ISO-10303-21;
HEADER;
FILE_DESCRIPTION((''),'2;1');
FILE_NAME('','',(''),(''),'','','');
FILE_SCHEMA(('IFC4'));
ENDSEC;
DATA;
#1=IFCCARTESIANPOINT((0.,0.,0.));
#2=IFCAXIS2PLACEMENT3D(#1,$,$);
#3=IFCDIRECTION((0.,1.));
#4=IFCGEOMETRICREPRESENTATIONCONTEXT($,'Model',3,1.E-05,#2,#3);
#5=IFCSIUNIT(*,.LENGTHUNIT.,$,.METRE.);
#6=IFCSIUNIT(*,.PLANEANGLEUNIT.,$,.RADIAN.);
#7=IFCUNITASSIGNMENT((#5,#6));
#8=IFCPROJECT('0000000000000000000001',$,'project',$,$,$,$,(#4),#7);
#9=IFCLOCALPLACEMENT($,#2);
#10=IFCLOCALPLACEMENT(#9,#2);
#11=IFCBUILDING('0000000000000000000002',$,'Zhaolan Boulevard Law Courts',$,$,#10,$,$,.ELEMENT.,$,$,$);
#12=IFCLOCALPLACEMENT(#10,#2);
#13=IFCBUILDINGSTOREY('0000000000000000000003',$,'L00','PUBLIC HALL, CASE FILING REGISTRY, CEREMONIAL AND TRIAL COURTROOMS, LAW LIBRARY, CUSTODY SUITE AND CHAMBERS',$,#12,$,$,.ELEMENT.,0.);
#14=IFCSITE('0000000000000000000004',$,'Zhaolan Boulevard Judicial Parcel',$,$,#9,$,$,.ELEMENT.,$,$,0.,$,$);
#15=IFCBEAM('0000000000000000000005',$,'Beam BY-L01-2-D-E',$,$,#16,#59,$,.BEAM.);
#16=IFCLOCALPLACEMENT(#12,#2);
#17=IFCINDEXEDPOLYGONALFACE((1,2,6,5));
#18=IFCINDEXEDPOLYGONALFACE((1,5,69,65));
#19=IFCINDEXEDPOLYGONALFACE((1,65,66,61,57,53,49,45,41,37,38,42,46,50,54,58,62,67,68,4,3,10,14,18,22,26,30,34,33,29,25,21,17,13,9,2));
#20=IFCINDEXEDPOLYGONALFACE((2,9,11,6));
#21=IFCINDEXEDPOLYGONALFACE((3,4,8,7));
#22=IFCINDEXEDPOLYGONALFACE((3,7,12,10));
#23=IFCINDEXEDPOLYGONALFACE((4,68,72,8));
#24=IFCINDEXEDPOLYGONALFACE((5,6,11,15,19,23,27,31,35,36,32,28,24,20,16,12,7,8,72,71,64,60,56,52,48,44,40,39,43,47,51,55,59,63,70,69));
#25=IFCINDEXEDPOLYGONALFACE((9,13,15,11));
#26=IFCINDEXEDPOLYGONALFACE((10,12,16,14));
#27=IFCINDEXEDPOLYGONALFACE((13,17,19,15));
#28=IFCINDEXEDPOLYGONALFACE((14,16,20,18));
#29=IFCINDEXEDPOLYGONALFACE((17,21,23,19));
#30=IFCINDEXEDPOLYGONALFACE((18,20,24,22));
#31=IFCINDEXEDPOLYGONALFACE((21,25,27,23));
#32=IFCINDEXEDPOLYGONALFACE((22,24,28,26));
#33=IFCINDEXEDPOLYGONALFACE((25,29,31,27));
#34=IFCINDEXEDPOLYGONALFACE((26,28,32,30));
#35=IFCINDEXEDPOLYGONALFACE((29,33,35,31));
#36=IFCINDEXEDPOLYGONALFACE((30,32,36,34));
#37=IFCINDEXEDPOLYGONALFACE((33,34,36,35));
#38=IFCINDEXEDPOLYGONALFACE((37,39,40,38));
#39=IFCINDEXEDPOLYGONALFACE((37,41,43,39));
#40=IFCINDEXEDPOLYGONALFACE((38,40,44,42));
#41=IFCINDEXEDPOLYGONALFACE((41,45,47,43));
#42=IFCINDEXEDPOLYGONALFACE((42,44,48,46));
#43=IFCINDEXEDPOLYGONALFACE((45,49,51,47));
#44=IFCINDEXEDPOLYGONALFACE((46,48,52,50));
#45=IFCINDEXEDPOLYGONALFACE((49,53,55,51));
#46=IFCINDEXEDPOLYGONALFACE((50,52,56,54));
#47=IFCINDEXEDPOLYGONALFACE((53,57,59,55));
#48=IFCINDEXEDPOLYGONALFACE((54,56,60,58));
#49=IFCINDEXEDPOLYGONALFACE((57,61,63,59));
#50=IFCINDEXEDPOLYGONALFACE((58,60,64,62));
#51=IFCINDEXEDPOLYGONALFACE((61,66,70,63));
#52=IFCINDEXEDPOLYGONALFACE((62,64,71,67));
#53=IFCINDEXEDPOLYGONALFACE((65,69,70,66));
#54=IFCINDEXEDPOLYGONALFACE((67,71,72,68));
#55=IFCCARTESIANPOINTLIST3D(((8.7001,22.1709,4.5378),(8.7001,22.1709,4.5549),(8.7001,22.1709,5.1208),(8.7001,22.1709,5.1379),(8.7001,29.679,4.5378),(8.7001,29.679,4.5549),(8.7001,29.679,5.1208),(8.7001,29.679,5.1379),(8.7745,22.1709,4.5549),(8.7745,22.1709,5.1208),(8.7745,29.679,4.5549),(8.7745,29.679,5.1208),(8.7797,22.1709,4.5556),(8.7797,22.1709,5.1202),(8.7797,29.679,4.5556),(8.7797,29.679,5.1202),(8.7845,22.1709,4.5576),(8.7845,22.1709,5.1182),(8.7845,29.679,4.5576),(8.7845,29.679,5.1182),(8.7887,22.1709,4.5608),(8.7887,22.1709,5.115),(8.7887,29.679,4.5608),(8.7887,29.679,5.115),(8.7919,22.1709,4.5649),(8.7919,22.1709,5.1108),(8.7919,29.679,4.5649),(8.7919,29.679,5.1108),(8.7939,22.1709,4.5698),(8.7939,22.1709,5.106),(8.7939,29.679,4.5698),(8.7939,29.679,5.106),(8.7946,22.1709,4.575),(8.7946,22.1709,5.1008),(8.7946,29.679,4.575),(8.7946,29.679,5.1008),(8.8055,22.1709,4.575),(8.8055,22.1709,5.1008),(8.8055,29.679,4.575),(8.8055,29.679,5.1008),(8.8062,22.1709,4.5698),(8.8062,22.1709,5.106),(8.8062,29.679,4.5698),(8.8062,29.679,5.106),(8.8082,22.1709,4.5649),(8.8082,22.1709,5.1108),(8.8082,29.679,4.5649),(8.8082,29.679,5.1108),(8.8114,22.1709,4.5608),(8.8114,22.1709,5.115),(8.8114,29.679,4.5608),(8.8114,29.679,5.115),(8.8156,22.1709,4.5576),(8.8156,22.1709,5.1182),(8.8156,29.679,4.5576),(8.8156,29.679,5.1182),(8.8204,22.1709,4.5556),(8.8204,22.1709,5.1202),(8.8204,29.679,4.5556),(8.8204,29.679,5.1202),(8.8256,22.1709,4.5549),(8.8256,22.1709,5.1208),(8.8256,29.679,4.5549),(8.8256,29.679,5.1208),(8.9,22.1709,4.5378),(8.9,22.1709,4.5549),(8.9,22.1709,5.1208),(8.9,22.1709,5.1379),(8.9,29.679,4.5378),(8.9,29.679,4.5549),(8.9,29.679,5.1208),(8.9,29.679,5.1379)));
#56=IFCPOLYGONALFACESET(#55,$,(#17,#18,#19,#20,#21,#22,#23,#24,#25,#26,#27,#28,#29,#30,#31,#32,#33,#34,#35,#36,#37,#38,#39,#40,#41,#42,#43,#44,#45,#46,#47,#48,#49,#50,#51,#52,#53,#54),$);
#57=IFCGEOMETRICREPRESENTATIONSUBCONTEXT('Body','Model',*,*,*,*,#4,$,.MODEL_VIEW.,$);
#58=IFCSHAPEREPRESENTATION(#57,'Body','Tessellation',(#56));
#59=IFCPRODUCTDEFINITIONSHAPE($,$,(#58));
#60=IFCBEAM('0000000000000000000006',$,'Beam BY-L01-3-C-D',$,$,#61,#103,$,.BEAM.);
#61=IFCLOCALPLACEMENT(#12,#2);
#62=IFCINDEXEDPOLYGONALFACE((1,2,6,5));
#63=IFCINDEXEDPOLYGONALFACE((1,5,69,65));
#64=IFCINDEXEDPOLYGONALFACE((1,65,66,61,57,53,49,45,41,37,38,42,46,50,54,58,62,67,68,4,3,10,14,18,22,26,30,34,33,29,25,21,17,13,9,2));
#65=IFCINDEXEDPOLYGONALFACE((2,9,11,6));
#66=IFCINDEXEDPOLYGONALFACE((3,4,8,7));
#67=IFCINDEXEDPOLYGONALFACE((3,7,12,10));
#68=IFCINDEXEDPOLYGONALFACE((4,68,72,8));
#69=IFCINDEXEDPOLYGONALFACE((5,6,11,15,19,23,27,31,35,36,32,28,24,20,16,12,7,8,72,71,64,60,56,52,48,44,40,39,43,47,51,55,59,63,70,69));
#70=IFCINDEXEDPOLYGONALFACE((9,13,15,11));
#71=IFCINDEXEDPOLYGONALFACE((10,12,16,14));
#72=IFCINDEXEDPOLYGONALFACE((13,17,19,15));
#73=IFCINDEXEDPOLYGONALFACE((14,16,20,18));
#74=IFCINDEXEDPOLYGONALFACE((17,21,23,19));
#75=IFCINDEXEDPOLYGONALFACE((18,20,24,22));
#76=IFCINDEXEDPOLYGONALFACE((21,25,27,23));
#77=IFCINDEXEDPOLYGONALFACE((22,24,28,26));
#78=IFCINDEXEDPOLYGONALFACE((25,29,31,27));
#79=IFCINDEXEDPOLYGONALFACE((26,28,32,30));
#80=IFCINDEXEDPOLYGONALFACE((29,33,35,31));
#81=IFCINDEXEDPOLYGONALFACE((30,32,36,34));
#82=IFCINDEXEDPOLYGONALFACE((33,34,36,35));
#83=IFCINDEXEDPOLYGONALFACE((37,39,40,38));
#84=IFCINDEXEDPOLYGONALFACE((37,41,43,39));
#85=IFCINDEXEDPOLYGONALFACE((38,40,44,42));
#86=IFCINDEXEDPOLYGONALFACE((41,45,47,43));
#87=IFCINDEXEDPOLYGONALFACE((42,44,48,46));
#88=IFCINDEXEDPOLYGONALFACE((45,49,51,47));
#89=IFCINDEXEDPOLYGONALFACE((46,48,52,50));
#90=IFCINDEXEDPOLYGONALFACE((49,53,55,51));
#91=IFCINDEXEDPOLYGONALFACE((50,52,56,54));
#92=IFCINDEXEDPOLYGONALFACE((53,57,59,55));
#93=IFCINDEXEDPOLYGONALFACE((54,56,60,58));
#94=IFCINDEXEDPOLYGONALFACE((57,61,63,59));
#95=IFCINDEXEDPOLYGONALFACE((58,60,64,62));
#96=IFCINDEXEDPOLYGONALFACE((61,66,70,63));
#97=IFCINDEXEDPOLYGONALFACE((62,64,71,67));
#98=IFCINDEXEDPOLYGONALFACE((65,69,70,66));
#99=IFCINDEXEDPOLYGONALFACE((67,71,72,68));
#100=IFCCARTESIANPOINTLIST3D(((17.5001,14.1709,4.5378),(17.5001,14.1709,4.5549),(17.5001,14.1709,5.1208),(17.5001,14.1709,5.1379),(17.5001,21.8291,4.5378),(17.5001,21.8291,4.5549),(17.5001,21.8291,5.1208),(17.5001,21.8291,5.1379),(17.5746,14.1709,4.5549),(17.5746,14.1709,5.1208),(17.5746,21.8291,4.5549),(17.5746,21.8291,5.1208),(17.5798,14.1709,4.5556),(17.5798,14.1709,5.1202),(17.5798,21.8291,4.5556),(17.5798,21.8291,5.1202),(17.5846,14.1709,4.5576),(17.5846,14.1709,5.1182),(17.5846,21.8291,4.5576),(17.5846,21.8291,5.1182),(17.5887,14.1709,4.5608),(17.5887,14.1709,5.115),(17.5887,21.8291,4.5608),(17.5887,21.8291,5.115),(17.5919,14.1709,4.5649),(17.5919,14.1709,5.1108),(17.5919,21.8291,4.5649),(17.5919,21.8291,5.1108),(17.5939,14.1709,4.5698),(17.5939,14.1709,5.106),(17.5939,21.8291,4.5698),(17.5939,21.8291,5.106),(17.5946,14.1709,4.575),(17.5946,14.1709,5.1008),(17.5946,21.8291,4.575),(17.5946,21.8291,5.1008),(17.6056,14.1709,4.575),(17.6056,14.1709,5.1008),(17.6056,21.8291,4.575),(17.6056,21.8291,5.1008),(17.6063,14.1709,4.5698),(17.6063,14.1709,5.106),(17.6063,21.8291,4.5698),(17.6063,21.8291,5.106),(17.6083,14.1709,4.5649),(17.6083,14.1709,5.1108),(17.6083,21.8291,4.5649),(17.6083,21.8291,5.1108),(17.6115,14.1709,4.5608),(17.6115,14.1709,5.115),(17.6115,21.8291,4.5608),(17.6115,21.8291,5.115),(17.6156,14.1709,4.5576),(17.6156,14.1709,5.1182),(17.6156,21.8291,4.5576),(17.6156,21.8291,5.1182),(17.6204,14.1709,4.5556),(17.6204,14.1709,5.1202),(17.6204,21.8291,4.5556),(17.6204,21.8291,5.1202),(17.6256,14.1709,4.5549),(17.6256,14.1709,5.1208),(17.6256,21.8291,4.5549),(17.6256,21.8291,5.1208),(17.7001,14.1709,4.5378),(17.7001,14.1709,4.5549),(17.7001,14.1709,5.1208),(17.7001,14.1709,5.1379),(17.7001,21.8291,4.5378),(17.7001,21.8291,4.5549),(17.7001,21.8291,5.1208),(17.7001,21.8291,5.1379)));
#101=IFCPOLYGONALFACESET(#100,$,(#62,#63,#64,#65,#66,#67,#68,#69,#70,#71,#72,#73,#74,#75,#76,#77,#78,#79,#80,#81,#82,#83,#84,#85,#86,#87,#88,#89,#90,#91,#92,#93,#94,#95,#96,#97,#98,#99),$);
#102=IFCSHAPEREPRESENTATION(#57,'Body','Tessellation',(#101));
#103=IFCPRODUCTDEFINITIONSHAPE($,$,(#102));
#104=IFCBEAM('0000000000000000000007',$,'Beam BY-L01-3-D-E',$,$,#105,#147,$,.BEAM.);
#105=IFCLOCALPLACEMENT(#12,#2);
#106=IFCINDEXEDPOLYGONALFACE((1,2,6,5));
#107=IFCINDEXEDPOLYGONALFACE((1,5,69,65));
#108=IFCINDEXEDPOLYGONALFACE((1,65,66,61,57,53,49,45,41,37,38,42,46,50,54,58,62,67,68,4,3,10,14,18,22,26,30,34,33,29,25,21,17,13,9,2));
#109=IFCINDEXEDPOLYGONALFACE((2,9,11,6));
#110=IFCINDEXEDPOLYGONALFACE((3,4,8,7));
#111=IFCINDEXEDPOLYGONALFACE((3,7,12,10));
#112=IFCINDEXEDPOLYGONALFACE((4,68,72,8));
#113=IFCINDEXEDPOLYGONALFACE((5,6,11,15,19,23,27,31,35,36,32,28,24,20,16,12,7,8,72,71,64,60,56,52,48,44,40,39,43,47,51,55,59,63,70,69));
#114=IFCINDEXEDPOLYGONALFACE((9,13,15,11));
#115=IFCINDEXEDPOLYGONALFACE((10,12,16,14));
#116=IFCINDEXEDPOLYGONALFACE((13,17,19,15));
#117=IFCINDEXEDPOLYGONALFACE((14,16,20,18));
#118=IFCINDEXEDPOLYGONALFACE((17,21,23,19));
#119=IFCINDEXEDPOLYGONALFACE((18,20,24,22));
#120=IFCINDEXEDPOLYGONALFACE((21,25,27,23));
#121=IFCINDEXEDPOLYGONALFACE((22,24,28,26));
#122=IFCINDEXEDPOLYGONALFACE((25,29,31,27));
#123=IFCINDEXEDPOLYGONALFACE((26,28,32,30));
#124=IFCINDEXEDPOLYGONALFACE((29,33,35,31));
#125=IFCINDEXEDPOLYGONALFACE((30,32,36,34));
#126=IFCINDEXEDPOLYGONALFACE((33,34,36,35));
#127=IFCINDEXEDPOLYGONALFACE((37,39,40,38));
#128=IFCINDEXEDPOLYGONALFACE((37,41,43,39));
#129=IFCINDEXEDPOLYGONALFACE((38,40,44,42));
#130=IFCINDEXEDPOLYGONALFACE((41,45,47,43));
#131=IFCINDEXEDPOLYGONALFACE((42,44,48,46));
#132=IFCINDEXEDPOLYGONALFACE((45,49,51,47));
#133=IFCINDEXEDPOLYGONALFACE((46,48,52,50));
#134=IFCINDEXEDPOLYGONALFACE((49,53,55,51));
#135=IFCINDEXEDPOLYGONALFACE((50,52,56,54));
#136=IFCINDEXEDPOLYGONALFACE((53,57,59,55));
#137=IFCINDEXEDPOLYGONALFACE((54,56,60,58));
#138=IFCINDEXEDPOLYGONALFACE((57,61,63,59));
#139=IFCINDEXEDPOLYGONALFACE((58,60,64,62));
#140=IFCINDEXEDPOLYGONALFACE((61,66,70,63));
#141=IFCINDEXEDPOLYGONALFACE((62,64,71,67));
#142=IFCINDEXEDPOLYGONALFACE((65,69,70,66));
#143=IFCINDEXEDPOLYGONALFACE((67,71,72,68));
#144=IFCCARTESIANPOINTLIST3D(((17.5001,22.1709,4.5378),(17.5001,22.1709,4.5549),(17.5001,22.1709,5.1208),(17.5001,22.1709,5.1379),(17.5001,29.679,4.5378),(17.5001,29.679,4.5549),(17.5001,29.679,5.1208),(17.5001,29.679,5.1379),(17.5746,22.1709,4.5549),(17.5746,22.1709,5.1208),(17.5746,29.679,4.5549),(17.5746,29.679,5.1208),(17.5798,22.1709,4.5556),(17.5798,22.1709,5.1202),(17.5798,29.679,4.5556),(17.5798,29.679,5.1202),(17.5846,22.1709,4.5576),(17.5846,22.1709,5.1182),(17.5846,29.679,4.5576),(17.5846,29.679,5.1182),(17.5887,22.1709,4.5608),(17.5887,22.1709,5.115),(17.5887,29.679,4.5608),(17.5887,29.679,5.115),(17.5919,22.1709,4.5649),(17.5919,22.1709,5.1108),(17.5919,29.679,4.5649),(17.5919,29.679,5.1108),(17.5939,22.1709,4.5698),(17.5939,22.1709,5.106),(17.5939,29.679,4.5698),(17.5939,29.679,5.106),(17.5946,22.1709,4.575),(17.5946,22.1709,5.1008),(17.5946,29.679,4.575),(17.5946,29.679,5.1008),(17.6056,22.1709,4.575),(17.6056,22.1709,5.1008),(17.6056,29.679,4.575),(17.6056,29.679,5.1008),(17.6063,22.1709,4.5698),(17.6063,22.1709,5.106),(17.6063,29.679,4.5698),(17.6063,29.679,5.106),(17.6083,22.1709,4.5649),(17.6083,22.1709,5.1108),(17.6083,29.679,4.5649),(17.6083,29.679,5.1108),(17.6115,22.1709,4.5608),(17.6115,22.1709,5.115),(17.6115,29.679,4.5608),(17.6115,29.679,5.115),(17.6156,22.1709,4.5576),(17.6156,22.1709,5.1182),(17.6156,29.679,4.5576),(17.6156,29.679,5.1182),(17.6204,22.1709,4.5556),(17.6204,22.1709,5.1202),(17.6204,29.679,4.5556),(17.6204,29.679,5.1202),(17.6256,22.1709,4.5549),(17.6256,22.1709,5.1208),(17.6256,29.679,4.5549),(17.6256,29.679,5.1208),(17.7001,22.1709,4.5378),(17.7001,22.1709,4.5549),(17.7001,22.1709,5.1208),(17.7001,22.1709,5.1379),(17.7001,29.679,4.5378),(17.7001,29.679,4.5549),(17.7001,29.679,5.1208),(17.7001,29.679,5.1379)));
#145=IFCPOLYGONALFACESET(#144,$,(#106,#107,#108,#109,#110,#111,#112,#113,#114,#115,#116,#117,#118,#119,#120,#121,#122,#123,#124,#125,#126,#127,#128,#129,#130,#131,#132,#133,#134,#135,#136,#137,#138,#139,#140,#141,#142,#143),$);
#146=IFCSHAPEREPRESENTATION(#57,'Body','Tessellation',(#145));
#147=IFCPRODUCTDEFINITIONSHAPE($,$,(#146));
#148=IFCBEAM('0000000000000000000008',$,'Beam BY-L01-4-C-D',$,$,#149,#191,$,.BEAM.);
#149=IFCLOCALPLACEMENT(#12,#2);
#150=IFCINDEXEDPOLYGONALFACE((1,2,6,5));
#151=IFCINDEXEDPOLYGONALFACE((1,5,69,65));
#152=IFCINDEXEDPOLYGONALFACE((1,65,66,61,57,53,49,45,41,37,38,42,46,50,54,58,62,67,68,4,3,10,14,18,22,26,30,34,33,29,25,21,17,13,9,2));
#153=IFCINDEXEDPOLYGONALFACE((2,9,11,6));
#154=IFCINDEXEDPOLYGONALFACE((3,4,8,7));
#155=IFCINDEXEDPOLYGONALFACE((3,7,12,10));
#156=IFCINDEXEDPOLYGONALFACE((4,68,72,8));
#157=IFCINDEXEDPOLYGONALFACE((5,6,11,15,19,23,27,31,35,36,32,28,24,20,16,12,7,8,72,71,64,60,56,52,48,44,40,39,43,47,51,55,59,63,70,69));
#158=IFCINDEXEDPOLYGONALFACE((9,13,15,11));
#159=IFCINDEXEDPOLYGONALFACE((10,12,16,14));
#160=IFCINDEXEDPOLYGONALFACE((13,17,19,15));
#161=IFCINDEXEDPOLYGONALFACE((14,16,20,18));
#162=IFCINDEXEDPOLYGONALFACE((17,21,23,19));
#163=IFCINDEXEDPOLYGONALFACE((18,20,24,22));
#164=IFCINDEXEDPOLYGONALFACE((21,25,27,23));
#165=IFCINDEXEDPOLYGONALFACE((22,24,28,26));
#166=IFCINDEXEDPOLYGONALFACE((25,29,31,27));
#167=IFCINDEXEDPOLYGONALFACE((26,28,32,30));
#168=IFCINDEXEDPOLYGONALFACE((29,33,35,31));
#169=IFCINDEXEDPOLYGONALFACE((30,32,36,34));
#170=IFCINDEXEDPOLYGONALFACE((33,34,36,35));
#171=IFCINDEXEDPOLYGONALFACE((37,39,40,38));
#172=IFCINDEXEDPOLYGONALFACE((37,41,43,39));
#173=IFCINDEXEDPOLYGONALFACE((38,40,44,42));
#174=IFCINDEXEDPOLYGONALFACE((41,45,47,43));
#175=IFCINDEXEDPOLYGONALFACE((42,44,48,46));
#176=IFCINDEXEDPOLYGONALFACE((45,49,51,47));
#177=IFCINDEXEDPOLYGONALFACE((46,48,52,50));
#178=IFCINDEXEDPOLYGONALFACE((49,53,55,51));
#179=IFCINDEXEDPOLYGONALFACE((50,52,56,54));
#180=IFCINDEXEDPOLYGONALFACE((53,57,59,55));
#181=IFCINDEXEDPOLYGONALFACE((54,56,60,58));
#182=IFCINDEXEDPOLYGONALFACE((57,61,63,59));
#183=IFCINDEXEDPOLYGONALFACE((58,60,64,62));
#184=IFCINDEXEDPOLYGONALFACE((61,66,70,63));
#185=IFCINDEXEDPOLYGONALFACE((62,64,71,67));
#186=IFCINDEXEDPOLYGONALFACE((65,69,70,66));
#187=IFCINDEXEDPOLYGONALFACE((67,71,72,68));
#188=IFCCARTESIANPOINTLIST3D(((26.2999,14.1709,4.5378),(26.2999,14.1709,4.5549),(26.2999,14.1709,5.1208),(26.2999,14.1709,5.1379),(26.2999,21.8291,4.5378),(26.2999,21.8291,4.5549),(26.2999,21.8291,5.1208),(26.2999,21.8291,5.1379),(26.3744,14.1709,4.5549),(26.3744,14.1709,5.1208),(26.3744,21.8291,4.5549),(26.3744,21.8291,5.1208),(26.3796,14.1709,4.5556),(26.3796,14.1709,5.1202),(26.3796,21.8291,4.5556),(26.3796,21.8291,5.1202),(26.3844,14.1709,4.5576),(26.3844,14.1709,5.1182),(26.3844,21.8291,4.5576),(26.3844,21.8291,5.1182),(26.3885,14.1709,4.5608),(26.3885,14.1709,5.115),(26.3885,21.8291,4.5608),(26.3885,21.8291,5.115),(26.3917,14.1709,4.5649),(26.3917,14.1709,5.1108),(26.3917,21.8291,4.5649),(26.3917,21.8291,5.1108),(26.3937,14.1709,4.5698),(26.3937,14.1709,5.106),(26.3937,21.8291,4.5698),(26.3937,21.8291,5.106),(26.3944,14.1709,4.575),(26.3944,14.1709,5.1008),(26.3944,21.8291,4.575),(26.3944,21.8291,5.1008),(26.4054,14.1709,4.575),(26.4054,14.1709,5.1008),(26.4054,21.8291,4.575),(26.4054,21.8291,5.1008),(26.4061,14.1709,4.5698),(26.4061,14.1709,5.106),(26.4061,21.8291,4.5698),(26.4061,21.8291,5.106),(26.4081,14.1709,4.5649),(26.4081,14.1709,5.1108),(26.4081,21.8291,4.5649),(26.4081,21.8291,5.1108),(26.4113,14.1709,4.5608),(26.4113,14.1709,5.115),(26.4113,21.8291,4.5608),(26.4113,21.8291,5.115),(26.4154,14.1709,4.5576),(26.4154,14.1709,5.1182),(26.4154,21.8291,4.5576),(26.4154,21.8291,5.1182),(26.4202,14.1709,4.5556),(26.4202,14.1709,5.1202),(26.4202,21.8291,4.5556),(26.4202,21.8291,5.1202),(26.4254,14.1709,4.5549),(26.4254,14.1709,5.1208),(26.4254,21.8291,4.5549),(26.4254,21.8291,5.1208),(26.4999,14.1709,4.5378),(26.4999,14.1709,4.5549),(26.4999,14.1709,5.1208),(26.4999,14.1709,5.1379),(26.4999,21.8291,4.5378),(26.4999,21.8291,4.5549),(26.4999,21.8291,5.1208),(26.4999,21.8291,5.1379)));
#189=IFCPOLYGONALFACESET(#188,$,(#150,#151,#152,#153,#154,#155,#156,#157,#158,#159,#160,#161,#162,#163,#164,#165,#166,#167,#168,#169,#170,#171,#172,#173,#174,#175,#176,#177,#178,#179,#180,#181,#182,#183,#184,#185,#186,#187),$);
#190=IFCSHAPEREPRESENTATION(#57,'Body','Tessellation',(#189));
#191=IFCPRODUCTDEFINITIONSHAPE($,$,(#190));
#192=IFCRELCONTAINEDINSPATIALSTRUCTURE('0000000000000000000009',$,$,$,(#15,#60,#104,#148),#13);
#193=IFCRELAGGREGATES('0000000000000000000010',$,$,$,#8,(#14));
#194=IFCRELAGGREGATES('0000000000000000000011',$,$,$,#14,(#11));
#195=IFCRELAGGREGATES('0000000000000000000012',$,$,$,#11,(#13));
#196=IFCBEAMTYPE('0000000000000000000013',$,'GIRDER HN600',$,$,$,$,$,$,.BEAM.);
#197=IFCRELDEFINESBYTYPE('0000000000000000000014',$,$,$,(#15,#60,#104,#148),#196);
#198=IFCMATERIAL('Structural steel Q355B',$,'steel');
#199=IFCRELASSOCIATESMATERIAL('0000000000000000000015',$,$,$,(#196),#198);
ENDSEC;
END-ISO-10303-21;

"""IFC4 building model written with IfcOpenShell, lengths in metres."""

from ifc_helpers import new_model, si_unit, direction, frame, origin, origin_2d, place, context, subcontext, project, spatial, i_section, extrude, material, material_profile, profile_set, type_object, element, save


model = new_model("IFC4")

# Units and contexts
model_context = context("Model", 3, precision=1e-05, world=origin(), true_north=direction((0.0, 1.0)))
body_context = subcontext(model_context, "Body", "Model", "MODEL_VIEW")
ifc_project = project(units=[si_unit("LENGTHUNIT", "METRE"), si_unit("PLANEANGLEUNIT", "RADIAN")], contexts=[model_context])

# Site, building, storey
site_placement = place(None, origin())
site = spatial("IfcSite", under=ifc_project, at=site_placement, Name="Zhaolan Boulevard Judicial Parcel", CompositionType="ELEMENT", RefElevation=0.0)
building_placement = place(site_placement, origin())
building = spatial("IfcBuilding", under=site, at=building_placement, Name="Zhaolan Boulevard Law Courts", CompositionType="ELEMENT")
storey_placement = place(building_placement, origin())
storey = spatial("IfcBuildingStorey", under=building, at=storey_placement, Name="L00", Description="PUBLIC HALL, CASE FILING REGISTRY, CEREMONIAL AND TRIAL COURTROOMS, LAW LIBRARY, CUSTODY SUITE AND CHAMBERS", CompositionType="ELEMENT", Elevation=0.0)

# Beams
ifc_material_1 = material(Name="Structural steel Q355B", Category="steel")
ifc_material_profile_1 = material_profile(ifc_material_1, i_section(OverallWidth=0.2, OverallDepth=0.6001, WebThickness=0.011, FlangeThickness=0.0171, FilletRadius=0.02, at=origin_2d()), Name="HN600x200")
ifc_profile_set_1 = profile_set([ifc_material_profile_1], Name="Structural steel Q355B")
beam_type_1 = type_object("IfcBeamType", Name="GIRDER HN600", PredefinedType="BEAM", material=ifc_profile_set_1)
beam_1_placement = place(storey_placement, frame((8.8, 22.1709, 4.8379), z_axis=(0.0, 1.0, 0.0), x_axis=(-1.0, 0.0, 0.0)))
element("IfcBeam", 1, at=beam_1_placement, inside=storey, type_object=beam_type_1, Name="Beam BY-L01-2-D-E", PredefinedType="BEAM", context=body_context, shape_type="SweptSolid", body=[
    extrude(i_section(OverallWidth=0.2, OverallDepth=0.6001, WebThickness=0.011, FlangeThickness=0.0171, FilletRadius=0.02, at=origin_2d()), origin(), (0.0, 0.0, 1.0), 7.5081),
])
beam_2_placement = place(storey_placement, frame((17.6001, 14.1709, 4.8379), z_axis=(0.0, 1.0, 0.0), x_axis=(-1.0, 0.0, 0.0)))
element("IfcBeam", 2, at=beam_2_placement, inside=storey, type_object=beam_type_1, Name="Beam BY-L01-3-C-D", PredefinedType="BEAM", context=body_context, shape_type="SweptSolid", body=[
    extrude(i_section(OverallWidth=0.2, OverallDepth=0.6001, WebThickness=0.011, FlangeThickness=0.0171, FilletRadius=0.02, at=origin_2d()), origin(), (0.0, 0.0, 1.0), 7.6582),
])
beam_3_placement = place(storey_placement, frame((17.6001, 22.1709, 4.8379), z_axis=(0.0, 1.0, 0.0), x_axis=(-1.0, 0.0, 0.0)))
element("IfcBeam", 3, at=beam_3_placement, inside=storey, type_object=beam_type_1, Name="Beam BY-L01-3-D-E", PredefinedType="BEAM", context=body_context, shape_type="SweptSolid", body=[
    extrude(i_section(OverallWidth=0.2, OverallDepth=0.6001, WebThickness=0.011, FlangeThickness=0.0171, FilletRadius=0.02, at=origin_2d()), origin(), (0.0, 0.0, 1.0), 7.5081),
])
beam_4_placement = place(storey_placement, frame((26.3999, 14.1709, 4.8379), z_axis=(0.0, 1.0, 0.0), x_axis=(-1.0, 0.0, 0.0)))
element("IfcBeam", 4, at=beam_4_placement, inside=storey, type_object=beam_type_1, Name="Beam BY-L01-4-C-D", PredefinedType="BEAM", context=body_context, shape_type="SweptSolid", body=[
    extrude(i_section(OverallWidth=0.2, OverallDepth=0.6001, WebThickness=0.011, FlangeThickness=0.0171, FilletRadius=0.02, at=origin_2d()), origin(), (0.0, 0.0, 1.0), 7.6582),
])

save(model, "model.ifc")
